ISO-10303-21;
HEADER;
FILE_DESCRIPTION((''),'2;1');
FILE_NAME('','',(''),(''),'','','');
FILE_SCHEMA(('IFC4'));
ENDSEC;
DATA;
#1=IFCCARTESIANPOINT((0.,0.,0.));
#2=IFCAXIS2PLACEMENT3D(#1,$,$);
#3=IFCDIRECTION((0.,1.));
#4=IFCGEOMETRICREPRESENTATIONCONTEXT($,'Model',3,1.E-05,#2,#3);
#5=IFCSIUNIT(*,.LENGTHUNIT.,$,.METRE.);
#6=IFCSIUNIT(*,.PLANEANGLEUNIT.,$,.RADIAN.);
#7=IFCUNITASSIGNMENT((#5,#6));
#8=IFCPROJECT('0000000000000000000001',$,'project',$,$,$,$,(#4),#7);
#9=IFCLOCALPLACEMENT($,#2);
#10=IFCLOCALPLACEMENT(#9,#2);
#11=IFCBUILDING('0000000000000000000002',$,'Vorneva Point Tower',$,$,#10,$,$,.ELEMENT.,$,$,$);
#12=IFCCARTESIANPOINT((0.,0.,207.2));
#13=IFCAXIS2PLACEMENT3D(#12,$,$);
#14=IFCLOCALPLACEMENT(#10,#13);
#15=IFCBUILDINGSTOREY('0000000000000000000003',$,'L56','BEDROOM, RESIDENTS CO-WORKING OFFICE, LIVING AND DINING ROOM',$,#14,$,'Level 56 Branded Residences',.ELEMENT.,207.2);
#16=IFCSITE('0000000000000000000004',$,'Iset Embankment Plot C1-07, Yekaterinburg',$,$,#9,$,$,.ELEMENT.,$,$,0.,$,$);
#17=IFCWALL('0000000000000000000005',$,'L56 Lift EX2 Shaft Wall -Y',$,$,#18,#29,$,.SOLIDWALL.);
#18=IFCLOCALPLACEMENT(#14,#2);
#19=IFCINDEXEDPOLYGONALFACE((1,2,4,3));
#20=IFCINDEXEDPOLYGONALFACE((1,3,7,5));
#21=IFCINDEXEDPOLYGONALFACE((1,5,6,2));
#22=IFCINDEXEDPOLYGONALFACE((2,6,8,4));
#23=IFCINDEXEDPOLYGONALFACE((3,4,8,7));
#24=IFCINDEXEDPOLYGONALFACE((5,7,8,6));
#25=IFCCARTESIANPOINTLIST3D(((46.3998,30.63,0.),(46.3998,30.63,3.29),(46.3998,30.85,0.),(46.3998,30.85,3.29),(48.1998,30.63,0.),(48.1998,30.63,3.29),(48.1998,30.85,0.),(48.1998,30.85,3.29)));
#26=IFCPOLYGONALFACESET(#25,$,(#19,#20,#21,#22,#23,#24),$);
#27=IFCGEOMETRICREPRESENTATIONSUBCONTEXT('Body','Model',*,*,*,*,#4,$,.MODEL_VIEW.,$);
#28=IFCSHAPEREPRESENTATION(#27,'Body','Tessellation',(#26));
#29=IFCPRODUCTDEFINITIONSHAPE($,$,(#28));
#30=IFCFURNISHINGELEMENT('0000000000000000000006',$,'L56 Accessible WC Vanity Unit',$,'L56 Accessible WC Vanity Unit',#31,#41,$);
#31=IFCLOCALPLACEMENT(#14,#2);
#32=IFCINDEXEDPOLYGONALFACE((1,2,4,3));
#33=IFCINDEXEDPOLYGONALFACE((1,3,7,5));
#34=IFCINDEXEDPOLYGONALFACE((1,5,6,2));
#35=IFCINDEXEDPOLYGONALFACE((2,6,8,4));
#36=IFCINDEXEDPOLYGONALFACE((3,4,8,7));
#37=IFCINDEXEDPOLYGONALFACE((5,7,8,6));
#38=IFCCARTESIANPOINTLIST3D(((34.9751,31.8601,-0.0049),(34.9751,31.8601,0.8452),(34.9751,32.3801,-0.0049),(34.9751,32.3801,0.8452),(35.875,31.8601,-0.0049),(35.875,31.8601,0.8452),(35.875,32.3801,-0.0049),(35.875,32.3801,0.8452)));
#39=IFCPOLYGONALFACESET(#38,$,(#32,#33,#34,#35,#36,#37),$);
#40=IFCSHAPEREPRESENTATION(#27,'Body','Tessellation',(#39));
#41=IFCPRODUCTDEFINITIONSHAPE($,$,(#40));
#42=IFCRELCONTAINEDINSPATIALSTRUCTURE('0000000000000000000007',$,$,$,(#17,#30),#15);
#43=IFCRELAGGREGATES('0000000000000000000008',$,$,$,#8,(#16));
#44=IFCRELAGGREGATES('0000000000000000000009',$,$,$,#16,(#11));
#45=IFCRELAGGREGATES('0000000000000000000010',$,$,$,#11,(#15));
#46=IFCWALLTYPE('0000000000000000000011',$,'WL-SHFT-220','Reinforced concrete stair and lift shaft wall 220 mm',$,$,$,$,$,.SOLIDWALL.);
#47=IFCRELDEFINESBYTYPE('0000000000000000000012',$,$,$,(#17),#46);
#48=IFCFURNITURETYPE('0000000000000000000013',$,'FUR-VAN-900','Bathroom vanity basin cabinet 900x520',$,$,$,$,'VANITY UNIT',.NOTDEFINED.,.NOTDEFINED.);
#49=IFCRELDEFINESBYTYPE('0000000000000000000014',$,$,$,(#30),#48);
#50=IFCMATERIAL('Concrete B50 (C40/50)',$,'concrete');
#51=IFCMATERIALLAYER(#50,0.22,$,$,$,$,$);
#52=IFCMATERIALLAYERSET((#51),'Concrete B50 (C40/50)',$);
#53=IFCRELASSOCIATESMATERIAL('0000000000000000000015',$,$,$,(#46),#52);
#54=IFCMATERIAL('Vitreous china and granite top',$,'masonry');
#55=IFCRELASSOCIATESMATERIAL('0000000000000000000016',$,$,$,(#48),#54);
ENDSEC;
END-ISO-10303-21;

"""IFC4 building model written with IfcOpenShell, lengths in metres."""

from ifc_helpers import new_model, si_unit, direction, frame, frame_2d, origin, origin_2d, place, context, subcontext, project, spatial, rectangle, extrude, material, layer, layer_set, type_object, element, save


model = new_model("IFC4")

# Units and contexts
model_context = context("Model", 3, precision=1e-05, world=origin(), true_north=direction((0.0, 1.0)))
body_context = subcontext(model_context, "Body", "Model", "MODEL_VIEW")
ifc_project = project(units=[si_unit("LENGTHUNIT", "METRE"), si_unit("PLANEANGLEUNIT", "RADIAN")], contexts=[model_context])

# Site, building, storey
site_placement = place(None, origin())
site = spatial("IfcSite", under=ifc_project, at=site_placement, Name="Iset Embankment Plot C1-07, Yekaterinburg", CompositionType="ELEMENT", RefElevation=0.0)
building_placement = place(site_placement, origin())
building = spatial("IfcBuilding", under=site, at=building_placement, Name="Vorneva Point Tower", CompositionType="ELEMENT")
storey_placement = place(building_placement, frame((0.0, 0.0, 207.2)))
storey = spatial("IfcBuildingStorey", under=building, at=storey_placement, Name="L56", Description="BEDROOM, RESIDENTS CO-WORKING OFFICE, LIVING AND DINING ROOM", LongName="Level 56 Branded Residences", CompositionType="ELEMENT", Elevation=207.2)

# Shared definitions
ifc_material_1 = material(Name="Concrete B50 (C40/50)", Category="concrete")

# Wall
ifc_layer_1 = layer(ifc_material_1, 0.22)
ifc_layer_set_1 = layer_set([ifc_layer_1], Name="Concrete B50 (C40/50)")
wall_type_1 = type_object("IfcWallType", Name="WL-SHFT-220", Description="Reinforced concrete stair and lift shaft wall 220 mm", PredefinedType="SOLIDWALL", material=ifc_layer_set_1)
wall_1_placement = place(storey_placement, frame((46.3999, 30.74, 0.0), z_axis=(0.0, 0.0, 1.0), x_axis=(1.0, 0.0, 0.0)))
element("IfcWall", 1, at=wall_1_placement, inside=storey, type_object=wall_type_1, Name="L56 Lift EX2 Shaft Wall -Y", PredefinedType="SOLIDWALL", context=body_context, shape_type="SweptSolid", body=[
    extrude(rectangle(XDim=1.8, YDim=0.22, at=frame_2d((0.8999, 0.0))), origin(), (0.0, 0.0, 1.0), 3.29),
])

# Furnishing element
ifc_material_2 = material(Name="Vitreous china and granite top", Category="masonry")
furniture_type = type_object("IfcFurnitureType", Name="FUR-VAN-900", Description="Bathroom vanity basin cabinet 900x520", ElementType="VANITY UNIT", AssemblyPlace="NOTDEFINED", PredefinedType="NOTDEFINED", material=ifc_material_2)
furnishing_placement = place(storey_placement, frame((35.425, 32.1201, -0.0049), z_axis=(0.0, 0.0, 1.0), x_axis=(1.0, 0.0, 0.0)))
element("IfcFurnishingElement", 2, at=furnishing_placement, inside=storey, type_object=furniture_type, Name="L56 Accessible WC Vanity Unit", ObjectType="L56 Accessible WC Vanity Unit", context=body_context, shape_type="SweptSolid", body=[
    extrude(rectangle(XDim=0.8999, YDim=0.52, at=origin_2d()), origin(), (0.0, 0.0, 1.0), 0.8501),
])

save(model, "model.ifc")
